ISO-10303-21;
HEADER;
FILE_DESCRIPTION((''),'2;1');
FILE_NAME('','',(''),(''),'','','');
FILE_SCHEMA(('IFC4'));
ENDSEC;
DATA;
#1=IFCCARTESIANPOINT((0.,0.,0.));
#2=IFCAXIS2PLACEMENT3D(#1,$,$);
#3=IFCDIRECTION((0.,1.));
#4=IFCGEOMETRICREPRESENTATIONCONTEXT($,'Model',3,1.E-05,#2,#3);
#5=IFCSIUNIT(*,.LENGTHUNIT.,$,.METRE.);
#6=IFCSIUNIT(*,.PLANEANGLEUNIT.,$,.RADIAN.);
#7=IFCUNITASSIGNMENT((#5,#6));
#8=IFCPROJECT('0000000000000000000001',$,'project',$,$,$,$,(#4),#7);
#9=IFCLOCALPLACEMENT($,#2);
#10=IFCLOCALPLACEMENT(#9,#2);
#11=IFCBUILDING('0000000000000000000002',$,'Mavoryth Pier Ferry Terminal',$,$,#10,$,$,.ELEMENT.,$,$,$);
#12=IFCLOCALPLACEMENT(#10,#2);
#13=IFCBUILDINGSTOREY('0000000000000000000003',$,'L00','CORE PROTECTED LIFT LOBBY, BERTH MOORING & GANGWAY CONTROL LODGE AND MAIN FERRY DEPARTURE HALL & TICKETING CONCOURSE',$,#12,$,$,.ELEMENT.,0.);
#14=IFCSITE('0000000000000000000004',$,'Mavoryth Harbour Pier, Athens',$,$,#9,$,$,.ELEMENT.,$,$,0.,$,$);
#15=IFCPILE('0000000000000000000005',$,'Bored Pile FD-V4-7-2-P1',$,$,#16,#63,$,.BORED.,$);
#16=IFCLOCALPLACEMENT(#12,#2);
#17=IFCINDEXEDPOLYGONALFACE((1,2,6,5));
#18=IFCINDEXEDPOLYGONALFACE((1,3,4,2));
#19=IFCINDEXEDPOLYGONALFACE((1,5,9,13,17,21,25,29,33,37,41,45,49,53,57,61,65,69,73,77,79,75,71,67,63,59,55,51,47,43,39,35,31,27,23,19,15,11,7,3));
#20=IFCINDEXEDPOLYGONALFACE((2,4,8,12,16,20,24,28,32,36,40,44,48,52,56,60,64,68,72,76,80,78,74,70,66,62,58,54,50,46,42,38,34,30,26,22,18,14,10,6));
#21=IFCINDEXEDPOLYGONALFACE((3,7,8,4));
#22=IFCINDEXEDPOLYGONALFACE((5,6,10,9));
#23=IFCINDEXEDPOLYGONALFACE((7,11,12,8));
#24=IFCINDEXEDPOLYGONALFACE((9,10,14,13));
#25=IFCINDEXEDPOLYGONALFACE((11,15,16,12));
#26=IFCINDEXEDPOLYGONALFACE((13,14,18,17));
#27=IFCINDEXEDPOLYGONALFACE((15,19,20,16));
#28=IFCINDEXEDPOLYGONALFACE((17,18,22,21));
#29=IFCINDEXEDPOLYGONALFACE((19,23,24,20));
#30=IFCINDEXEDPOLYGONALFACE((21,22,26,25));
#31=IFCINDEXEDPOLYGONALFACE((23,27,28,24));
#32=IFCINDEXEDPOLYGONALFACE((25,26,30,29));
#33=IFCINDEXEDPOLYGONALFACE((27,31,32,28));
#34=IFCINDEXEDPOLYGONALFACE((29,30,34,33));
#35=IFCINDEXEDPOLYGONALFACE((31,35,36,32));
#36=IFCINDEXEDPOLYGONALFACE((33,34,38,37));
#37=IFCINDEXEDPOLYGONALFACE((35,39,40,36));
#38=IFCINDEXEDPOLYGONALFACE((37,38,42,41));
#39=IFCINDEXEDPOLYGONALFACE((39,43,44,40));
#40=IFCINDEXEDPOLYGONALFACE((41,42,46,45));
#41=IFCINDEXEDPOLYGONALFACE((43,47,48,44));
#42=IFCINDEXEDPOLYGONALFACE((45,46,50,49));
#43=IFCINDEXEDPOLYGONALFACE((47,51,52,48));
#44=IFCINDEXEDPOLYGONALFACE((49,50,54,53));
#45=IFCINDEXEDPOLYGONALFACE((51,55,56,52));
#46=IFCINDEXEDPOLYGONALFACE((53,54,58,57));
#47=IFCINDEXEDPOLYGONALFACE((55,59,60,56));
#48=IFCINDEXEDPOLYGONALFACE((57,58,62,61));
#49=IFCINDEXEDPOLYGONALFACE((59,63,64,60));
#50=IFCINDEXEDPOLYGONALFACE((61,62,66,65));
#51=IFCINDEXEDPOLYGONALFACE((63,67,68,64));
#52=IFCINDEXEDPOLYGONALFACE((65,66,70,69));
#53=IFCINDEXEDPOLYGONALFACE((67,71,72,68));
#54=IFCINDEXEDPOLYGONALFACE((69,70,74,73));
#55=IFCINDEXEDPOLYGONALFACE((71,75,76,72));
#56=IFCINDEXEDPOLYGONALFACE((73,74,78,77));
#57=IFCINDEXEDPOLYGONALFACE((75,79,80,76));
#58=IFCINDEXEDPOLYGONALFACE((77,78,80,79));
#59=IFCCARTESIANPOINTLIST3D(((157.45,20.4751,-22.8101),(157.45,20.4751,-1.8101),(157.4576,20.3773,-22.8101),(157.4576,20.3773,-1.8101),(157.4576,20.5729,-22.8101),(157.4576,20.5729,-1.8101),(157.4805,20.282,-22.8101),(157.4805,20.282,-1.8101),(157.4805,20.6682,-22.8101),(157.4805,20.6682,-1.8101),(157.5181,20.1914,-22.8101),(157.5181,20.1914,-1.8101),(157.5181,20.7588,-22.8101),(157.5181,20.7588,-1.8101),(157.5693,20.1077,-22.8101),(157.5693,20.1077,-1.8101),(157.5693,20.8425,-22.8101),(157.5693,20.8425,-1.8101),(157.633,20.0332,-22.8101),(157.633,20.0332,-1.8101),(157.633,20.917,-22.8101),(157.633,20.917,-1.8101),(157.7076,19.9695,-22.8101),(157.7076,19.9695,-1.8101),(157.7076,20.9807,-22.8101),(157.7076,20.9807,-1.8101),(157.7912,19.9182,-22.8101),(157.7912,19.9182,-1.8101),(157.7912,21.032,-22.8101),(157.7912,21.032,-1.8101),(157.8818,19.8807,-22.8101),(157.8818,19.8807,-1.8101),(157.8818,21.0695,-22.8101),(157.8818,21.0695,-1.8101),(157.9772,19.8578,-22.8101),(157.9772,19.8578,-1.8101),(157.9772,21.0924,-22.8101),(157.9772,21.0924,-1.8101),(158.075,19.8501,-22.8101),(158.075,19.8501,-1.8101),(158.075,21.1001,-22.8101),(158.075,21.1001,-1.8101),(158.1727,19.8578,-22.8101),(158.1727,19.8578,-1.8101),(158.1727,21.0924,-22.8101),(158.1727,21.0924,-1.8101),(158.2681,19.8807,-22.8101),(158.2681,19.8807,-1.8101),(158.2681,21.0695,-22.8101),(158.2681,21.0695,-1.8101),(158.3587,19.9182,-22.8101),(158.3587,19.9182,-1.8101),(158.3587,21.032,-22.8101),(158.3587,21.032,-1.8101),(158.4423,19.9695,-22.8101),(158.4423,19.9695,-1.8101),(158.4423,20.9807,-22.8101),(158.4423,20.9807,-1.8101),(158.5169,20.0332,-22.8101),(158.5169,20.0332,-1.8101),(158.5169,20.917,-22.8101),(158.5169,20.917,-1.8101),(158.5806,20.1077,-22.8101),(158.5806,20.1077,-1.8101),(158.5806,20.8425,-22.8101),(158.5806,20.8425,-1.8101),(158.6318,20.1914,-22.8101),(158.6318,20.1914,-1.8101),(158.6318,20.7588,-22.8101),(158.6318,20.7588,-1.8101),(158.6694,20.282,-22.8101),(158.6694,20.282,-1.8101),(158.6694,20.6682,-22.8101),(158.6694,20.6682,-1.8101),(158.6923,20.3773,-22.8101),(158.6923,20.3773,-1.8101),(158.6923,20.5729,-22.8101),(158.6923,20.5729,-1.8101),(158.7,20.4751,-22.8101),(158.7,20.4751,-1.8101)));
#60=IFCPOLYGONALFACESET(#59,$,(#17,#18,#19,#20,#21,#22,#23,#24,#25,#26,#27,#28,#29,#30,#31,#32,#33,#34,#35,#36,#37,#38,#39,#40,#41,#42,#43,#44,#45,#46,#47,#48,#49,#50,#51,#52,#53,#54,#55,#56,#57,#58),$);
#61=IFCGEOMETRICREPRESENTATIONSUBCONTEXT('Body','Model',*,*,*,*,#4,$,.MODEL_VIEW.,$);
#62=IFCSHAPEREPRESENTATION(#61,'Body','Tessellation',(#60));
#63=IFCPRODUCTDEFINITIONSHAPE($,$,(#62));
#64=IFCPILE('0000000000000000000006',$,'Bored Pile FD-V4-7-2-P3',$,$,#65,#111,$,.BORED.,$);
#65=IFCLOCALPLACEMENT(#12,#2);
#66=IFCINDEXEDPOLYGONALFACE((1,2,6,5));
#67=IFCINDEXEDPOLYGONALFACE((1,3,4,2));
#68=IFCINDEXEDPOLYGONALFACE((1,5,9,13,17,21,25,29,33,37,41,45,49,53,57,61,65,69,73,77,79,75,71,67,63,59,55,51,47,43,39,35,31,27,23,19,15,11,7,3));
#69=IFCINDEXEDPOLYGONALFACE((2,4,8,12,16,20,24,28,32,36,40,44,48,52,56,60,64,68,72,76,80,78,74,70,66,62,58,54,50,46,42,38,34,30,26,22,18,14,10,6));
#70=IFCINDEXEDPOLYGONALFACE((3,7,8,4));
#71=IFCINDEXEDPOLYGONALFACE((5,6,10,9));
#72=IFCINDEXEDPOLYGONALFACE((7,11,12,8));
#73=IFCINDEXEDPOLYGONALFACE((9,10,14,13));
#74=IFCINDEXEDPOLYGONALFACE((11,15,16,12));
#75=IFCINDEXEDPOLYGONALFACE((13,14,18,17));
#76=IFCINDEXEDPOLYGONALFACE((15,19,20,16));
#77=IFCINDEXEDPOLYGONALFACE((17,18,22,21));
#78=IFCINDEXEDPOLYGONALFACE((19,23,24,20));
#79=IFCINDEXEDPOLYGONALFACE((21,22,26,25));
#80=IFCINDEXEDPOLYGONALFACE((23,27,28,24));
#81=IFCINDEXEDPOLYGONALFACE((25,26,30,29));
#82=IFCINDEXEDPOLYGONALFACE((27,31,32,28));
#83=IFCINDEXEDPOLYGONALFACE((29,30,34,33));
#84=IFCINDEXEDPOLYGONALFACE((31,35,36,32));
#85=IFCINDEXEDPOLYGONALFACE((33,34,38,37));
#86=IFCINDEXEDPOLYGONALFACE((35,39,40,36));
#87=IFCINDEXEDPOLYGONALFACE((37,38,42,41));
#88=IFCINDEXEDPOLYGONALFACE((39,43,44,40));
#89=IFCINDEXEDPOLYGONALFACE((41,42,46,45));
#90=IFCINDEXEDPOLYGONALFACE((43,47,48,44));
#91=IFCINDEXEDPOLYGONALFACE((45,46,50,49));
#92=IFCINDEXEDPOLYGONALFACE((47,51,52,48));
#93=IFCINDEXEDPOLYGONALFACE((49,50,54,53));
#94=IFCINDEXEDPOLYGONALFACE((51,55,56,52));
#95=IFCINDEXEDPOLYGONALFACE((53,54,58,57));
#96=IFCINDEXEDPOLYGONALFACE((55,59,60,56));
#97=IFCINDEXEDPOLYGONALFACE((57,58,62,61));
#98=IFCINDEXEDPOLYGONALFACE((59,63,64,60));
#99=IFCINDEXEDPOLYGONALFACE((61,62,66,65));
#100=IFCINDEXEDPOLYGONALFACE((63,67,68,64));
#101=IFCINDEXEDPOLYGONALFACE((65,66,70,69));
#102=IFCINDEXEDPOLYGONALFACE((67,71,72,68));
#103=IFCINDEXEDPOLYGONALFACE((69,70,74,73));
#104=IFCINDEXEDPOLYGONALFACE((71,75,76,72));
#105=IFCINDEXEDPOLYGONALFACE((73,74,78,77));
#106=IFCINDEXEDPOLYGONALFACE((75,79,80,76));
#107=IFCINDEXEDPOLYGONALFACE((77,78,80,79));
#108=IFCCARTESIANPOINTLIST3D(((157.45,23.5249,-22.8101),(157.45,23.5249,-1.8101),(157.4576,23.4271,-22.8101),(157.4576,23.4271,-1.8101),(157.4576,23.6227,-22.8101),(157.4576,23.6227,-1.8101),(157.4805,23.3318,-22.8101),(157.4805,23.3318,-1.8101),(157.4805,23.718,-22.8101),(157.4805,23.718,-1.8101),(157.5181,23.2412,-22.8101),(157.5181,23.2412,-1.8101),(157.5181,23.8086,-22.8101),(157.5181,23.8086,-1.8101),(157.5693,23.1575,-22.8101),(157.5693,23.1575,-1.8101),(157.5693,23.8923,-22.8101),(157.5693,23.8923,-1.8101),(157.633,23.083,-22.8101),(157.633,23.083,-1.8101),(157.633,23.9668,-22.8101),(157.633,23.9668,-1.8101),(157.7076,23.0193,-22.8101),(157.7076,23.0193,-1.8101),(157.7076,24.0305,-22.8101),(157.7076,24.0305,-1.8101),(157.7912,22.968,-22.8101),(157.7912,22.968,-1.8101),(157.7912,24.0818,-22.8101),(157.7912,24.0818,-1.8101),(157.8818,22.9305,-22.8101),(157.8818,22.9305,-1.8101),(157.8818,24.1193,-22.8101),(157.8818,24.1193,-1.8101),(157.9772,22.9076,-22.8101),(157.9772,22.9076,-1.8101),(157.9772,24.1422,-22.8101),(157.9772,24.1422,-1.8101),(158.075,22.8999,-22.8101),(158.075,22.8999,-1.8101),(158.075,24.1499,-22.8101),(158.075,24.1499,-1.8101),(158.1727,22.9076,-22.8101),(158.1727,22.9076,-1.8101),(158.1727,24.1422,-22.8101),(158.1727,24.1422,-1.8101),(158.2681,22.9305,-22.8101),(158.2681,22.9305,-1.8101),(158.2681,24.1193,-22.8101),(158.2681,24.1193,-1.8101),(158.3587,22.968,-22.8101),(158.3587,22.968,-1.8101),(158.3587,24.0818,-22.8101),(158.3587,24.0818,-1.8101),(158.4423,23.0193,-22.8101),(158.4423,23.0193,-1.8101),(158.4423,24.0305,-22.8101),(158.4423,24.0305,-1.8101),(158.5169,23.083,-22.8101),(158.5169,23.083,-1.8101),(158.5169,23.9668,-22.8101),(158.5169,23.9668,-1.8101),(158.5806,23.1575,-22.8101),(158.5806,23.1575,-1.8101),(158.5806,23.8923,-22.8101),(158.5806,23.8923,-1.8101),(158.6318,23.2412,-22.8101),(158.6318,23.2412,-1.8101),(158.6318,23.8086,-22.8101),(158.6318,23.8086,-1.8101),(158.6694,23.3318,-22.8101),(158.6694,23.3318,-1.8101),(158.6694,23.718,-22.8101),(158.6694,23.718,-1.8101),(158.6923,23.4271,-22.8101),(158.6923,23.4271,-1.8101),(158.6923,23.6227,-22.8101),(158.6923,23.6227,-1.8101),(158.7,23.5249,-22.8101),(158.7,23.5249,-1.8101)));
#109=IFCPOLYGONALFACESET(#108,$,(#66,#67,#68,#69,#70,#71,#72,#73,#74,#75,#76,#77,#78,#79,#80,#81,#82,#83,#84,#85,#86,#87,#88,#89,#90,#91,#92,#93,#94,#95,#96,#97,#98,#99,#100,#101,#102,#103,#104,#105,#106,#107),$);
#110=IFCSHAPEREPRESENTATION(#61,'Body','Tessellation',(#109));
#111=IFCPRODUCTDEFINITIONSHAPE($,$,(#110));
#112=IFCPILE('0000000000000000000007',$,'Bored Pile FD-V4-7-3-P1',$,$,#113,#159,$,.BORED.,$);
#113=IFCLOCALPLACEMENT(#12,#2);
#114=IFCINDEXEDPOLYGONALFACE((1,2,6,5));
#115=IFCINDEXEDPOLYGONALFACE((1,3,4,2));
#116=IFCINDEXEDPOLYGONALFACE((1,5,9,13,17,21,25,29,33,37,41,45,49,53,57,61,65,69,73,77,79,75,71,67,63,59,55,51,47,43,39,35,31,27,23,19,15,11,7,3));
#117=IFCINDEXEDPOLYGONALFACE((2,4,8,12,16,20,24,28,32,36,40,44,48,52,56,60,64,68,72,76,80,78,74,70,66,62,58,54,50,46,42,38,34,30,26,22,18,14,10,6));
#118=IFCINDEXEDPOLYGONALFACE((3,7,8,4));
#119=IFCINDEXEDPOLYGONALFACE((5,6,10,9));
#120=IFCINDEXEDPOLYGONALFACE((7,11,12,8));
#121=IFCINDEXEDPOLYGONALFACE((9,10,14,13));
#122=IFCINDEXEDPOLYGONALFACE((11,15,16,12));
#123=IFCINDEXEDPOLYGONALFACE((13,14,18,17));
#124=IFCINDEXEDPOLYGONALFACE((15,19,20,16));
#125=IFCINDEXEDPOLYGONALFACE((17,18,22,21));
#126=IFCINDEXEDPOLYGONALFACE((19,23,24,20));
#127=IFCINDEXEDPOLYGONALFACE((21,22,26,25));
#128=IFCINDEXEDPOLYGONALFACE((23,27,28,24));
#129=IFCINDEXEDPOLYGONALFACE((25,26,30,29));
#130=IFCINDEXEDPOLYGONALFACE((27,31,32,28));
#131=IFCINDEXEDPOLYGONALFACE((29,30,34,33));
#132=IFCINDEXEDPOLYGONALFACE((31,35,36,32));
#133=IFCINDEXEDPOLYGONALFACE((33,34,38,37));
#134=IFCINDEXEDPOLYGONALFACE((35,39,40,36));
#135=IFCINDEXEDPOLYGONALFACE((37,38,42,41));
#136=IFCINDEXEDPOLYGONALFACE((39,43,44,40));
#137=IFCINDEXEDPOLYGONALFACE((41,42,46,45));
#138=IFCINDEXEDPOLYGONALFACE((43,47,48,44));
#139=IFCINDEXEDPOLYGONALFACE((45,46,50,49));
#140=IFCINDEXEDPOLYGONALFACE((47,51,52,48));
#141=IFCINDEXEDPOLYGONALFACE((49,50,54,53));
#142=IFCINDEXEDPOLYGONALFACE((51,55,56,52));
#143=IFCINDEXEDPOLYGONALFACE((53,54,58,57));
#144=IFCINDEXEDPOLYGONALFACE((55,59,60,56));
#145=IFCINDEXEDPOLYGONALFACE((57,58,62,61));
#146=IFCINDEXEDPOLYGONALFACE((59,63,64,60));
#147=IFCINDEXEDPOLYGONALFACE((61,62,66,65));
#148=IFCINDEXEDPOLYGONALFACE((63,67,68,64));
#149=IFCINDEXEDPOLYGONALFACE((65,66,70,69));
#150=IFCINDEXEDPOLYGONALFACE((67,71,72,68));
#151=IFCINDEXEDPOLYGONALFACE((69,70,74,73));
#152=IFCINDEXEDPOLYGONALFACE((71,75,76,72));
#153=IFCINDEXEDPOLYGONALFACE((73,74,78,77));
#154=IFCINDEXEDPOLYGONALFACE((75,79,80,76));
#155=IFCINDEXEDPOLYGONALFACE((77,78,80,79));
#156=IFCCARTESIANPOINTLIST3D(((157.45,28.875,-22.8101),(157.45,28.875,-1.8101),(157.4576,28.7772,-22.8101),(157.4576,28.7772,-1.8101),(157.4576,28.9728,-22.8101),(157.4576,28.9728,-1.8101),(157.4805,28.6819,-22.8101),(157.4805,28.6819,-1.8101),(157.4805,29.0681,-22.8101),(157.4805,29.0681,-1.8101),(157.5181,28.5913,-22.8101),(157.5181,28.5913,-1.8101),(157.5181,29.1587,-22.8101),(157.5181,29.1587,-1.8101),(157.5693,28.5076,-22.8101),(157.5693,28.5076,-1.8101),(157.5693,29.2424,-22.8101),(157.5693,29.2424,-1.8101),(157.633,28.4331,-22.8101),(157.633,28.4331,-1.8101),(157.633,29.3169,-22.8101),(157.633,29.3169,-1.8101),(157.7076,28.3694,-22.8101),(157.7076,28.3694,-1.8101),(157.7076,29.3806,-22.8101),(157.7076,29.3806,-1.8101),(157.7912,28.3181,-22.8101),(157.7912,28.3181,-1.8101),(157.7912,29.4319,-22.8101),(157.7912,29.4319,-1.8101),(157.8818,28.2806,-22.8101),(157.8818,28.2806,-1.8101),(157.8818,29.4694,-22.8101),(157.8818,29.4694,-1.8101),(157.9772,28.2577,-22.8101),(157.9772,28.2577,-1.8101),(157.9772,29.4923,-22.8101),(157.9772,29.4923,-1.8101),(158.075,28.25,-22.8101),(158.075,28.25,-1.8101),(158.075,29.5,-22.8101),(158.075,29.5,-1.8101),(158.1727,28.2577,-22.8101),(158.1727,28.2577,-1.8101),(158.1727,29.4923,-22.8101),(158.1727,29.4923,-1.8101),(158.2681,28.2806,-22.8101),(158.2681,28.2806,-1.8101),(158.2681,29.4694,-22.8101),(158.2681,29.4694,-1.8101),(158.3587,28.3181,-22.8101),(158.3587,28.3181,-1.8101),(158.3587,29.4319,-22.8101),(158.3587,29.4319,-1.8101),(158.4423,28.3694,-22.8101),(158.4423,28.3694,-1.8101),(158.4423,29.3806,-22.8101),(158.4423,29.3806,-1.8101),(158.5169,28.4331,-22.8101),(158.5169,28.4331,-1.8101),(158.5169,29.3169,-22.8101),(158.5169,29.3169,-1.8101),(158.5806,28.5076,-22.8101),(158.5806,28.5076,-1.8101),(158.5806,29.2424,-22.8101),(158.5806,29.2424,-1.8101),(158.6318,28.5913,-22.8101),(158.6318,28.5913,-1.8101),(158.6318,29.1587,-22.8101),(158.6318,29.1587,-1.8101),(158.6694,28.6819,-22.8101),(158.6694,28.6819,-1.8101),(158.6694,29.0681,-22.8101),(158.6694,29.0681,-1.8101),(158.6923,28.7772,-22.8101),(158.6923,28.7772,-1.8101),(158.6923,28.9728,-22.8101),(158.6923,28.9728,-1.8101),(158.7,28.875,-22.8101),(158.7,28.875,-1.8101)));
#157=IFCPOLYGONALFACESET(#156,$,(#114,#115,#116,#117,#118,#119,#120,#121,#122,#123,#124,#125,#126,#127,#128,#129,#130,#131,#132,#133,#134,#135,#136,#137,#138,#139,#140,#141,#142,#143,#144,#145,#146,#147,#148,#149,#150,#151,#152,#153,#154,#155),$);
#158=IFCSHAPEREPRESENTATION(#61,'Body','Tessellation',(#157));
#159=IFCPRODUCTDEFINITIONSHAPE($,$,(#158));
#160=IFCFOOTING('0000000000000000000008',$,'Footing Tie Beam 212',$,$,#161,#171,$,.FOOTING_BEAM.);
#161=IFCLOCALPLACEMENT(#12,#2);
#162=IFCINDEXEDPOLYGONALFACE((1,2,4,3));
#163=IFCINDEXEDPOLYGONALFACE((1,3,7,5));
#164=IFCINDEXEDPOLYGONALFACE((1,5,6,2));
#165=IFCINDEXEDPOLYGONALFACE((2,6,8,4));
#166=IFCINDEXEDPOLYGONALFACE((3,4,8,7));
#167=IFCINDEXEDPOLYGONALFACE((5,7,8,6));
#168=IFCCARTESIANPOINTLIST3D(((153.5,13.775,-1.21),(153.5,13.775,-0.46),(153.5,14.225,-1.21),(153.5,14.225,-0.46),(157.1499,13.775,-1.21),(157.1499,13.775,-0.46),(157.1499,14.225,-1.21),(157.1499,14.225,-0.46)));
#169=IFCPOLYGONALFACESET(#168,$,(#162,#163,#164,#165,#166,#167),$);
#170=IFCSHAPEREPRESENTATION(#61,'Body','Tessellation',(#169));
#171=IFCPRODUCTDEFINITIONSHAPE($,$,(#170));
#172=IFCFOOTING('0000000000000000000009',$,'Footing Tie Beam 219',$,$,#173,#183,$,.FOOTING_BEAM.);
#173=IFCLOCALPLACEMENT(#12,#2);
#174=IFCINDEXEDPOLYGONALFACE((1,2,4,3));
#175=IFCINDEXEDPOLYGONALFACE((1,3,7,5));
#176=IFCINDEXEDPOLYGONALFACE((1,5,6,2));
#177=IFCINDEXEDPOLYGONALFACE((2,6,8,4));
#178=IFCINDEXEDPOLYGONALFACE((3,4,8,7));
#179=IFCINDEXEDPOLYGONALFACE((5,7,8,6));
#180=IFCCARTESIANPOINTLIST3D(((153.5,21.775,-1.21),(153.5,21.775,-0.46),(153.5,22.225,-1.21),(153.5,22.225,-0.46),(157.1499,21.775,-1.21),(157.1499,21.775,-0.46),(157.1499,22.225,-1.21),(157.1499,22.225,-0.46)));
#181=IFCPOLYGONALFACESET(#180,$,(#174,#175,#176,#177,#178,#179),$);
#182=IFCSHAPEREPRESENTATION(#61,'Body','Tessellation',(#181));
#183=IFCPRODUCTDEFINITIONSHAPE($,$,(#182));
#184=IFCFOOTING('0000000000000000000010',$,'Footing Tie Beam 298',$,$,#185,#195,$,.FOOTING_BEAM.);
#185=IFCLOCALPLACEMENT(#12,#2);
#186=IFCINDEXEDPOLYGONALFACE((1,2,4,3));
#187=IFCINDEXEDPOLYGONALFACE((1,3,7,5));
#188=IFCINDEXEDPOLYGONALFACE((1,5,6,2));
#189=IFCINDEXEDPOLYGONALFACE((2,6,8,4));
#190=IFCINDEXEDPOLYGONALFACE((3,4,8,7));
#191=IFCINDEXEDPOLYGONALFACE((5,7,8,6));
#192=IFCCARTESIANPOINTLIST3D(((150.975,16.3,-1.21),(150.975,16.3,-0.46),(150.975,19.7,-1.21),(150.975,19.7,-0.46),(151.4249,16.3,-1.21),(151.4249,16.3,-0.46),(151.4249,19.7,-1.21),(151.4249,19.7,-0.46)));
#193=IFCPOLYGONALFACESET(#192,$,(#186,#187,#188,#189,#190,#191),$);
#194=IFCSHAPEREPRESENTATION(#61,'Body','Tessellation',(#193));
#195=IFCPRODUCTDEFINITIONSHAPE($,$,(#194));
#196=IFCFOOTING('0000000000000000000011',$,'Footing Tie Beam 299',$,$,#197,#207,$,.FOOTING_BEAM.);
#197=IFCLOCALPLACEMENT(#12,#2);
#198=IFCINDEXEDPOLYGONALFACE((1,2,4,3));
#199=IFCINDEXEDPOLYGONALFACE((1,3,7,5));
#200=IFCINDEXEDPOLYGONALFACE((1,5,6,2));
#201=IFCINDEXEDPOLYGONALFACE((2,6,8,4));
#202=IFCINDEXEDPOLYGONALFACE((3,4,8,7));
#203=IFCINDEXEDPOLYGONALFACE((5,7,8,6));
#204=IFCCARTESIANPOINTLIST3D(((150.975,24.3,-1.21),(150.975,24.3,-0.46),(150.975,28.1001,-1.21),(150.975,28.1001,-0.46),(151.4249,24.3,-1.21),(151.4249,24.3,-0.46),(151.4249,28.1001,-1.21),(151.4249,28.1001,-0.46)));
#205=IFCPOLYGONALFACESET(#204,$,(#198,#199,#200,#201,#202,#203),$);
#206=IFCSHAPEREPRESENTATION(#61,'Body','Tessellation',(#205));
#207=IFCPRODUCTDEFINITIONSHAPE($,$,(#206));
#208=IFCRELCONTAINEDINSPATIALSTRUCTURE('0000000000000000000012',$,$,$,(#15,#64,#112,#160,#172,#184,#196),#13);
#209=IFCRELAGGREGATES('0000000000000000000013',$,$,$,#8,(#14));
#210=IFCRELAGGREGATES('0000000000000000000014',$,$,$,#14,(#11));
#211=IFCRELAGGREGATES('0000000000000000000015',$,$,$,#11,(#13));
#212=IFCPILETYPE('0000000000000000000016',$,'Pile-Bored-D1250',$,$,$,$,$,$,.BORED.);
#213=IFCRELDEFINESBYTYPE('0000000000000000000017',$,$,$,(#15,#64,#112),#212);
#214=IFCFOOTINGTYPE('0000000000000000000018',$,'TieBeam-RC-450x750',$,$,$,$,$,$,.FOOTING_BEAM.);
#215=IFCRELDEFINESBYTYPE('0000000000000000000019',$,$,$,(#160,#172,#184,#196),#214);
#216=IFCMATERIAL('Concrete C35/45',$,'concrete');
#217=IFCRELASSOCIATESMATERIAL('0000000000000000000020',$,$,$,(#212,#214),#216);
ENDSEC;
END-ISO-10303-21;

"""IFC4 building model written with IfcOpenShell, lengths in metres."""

from ifc_helpers import new_model, si_unit, direction, frame, origin, origin_2d, place, context, subcontext, project, spatial, rectangle, circle, extrude, material, material_profile, profile_set, type_object, element, save


model = new_model("IFC4")

# Units and contexts
model_context = context("Model", 3, precision=1e-05, world=origin(), true_north=direction((0.0, 1.0)))
body_context = subcontext(model_context, "Body", "Model", "MODEL_VIEW")
ifc_project = project(units=[si_unit("LENGTHUNIT", "METRE"), si_unit("PLANEANGLEUNIT", "RADIAN")], contexts=[model_context])

# Site, building, storey
site_placement = place(None, origin())
site = spatial("IfcSite", under=ifc_project, at=site_placement, Name="Mavoryth Harbour Pier, Athens", CompositionType="ELEMENT", RefElevation=0.0)
building_placement = place(site_placement, origin())
building = spatial("IfcBuilding", under=site, at=building_placement, Name="Mavoryth Pier Ferry Terminal", CompositionType="ELEMENT")
storey_placement = place(building_placement, origin())
storey = spatial("IfcBuildingStorey", under=building, at=storey_placement, Name="L00", Description="CORE PROTECTED LIFT LOBBY, BERTH MOORING & GANGWAY CONTROL LODGE AND MAIN FERRY DEPARTURE HALL & TICKETING CONCOURSE", CompositionType="ELEMENT", Elevation=0.0)

# Shared definitions
ifc_material_1 = material(Name="Concrete C35/45", Category="concrete")

# Piles
ifc_material_profile_1 = material_profile(ifc_material_1, circle(Radius=0.625, at=origin_2d()), Name="PILE D1250", Category="concrete")
ifc_profile_set_1 = profile_set([ifc_material_profile_1], Name="Concrete C35/45 - PILE D1250")
pile_type = type_object("IfcPileType", Name="Pile-Bored-D1250", PredefinedType="BORED", material=ifc_profile_set_1)
for number, where, z_axis, x_axis, name in (
    (1, (158.075, 20.4751, -1.8101), (0.0, 0.0, -1.0), (1.0, 0.0, 0.0), "Bored Pile FD-V4-7-2-P1"),
    (2, (158.075, 23.5249, -1.8101), (0.0, 0.0, -1.0), (1.0, 0.0, 0.0), "Bored Pile FD-V4-7-2-P3"),
    (3, (158.075, 28.875, -1.8101), (0.0, 0.0, -1.0), (1.0, 0.0, 0.0), "Bored Pile FD-V4-7-3-P1"),
):
    element("IfcPile", number, at=place(storey_placement, frame(where, z_axis=z_axis, x_axis=x_axis)), inside=storey, type_object=pile_type, Name=name, PredefinedType="BORED", context=body_context, shape_type="SweptSolid", body=[
        extrude(circle(Radius=0.625, at=origin_2d()), origin(), (0.0, 0.0, 1.0), 21.0),
    ])

# Footings
ifc_material_profile_2 = material_profile(ifc_material_1, rectangle(XDim=0.45, YDim=0.75, at=origin_2d()), Name="RC 450x750", Category="concrete")
ifc_profile_set_2 = profile_set([ifc_material_profile_2], Name="Concrete C35/45 - RC 450x750")
footing_type_1 = type_object("IfcFootingType", Name="TieBeam-RC-450x750", PredefinedType="FOOTING_BEAM", material=ifc_profile_set_2)
for number, where, z_axis, x_axis, name in (
    (4, (153.5, 14.0, -0.835), (1.0, 0.0, 0.0), (0.0, 1.0, 0.0), "Footing Tie Beam 212"),
    (5, (153.5, 22.0, -0.835), (1.0, 0.0, 0.0), (0.0, 1.0, 0.0), "Footing Tie Beam 219"),
):
    element("IfcFooting", number, at=place(storey_placement, frame(where, z_axis=z_axis, x_axis=x_axis)), inside=storey, type_object=footing_type_1, Name=name, PredefinedType="FOOTING_BEAM", context=body_context, shape_type="SweptSolid", body=[
        extrude(rectangle(XDim=0.45, YDim=0.75, at=origin_2d()), origin(), (0.0, 0.0, 1.0), 3.6499),
    ])
footing_1_placement = place(storey_placement, frame((151.2, 16.3, -0.835), z_axis=(0.0, 1.0, 0.0), x_axis=(-1.0, 0.0, 0.0)))
element("IfcFooting", 6, at=footing_1_placement, inside=storey, type_object=footing_type_1, Name="Footing Tie Beam 298", PredefinedType="FOOTING_BEAM", context=body_context, shape_type="SweptSolid", body=[
    extrude(rectangle(XDim=0.45, YDim=0.75, at=origin_2d()), origin(), (0.0, 0.0, 1.0), 3.3999),
])
footing_2_placement = place(storey_placement, frame((151.2, 24.3, -0.835), z_axis=(0.0, 1.0, 0.0), x_axis=(-1.0, 0.0, 0.0)))
element("IfcFooting", 7, at=footing_2_placement, inside=storey, type_object=footing_type_1, Name="Footing Tie Beam 299", PredefinedType="FOOTING_BEAM", context=body_context, shape_type="SweptSolid", body=[
    extrude(rectangle(XDim=0.45, YDim=0.75, at=origin_2d()), origin(), (0.0, 0.0, 1.0), 3.8),
])

save(model, "model.ifc")
